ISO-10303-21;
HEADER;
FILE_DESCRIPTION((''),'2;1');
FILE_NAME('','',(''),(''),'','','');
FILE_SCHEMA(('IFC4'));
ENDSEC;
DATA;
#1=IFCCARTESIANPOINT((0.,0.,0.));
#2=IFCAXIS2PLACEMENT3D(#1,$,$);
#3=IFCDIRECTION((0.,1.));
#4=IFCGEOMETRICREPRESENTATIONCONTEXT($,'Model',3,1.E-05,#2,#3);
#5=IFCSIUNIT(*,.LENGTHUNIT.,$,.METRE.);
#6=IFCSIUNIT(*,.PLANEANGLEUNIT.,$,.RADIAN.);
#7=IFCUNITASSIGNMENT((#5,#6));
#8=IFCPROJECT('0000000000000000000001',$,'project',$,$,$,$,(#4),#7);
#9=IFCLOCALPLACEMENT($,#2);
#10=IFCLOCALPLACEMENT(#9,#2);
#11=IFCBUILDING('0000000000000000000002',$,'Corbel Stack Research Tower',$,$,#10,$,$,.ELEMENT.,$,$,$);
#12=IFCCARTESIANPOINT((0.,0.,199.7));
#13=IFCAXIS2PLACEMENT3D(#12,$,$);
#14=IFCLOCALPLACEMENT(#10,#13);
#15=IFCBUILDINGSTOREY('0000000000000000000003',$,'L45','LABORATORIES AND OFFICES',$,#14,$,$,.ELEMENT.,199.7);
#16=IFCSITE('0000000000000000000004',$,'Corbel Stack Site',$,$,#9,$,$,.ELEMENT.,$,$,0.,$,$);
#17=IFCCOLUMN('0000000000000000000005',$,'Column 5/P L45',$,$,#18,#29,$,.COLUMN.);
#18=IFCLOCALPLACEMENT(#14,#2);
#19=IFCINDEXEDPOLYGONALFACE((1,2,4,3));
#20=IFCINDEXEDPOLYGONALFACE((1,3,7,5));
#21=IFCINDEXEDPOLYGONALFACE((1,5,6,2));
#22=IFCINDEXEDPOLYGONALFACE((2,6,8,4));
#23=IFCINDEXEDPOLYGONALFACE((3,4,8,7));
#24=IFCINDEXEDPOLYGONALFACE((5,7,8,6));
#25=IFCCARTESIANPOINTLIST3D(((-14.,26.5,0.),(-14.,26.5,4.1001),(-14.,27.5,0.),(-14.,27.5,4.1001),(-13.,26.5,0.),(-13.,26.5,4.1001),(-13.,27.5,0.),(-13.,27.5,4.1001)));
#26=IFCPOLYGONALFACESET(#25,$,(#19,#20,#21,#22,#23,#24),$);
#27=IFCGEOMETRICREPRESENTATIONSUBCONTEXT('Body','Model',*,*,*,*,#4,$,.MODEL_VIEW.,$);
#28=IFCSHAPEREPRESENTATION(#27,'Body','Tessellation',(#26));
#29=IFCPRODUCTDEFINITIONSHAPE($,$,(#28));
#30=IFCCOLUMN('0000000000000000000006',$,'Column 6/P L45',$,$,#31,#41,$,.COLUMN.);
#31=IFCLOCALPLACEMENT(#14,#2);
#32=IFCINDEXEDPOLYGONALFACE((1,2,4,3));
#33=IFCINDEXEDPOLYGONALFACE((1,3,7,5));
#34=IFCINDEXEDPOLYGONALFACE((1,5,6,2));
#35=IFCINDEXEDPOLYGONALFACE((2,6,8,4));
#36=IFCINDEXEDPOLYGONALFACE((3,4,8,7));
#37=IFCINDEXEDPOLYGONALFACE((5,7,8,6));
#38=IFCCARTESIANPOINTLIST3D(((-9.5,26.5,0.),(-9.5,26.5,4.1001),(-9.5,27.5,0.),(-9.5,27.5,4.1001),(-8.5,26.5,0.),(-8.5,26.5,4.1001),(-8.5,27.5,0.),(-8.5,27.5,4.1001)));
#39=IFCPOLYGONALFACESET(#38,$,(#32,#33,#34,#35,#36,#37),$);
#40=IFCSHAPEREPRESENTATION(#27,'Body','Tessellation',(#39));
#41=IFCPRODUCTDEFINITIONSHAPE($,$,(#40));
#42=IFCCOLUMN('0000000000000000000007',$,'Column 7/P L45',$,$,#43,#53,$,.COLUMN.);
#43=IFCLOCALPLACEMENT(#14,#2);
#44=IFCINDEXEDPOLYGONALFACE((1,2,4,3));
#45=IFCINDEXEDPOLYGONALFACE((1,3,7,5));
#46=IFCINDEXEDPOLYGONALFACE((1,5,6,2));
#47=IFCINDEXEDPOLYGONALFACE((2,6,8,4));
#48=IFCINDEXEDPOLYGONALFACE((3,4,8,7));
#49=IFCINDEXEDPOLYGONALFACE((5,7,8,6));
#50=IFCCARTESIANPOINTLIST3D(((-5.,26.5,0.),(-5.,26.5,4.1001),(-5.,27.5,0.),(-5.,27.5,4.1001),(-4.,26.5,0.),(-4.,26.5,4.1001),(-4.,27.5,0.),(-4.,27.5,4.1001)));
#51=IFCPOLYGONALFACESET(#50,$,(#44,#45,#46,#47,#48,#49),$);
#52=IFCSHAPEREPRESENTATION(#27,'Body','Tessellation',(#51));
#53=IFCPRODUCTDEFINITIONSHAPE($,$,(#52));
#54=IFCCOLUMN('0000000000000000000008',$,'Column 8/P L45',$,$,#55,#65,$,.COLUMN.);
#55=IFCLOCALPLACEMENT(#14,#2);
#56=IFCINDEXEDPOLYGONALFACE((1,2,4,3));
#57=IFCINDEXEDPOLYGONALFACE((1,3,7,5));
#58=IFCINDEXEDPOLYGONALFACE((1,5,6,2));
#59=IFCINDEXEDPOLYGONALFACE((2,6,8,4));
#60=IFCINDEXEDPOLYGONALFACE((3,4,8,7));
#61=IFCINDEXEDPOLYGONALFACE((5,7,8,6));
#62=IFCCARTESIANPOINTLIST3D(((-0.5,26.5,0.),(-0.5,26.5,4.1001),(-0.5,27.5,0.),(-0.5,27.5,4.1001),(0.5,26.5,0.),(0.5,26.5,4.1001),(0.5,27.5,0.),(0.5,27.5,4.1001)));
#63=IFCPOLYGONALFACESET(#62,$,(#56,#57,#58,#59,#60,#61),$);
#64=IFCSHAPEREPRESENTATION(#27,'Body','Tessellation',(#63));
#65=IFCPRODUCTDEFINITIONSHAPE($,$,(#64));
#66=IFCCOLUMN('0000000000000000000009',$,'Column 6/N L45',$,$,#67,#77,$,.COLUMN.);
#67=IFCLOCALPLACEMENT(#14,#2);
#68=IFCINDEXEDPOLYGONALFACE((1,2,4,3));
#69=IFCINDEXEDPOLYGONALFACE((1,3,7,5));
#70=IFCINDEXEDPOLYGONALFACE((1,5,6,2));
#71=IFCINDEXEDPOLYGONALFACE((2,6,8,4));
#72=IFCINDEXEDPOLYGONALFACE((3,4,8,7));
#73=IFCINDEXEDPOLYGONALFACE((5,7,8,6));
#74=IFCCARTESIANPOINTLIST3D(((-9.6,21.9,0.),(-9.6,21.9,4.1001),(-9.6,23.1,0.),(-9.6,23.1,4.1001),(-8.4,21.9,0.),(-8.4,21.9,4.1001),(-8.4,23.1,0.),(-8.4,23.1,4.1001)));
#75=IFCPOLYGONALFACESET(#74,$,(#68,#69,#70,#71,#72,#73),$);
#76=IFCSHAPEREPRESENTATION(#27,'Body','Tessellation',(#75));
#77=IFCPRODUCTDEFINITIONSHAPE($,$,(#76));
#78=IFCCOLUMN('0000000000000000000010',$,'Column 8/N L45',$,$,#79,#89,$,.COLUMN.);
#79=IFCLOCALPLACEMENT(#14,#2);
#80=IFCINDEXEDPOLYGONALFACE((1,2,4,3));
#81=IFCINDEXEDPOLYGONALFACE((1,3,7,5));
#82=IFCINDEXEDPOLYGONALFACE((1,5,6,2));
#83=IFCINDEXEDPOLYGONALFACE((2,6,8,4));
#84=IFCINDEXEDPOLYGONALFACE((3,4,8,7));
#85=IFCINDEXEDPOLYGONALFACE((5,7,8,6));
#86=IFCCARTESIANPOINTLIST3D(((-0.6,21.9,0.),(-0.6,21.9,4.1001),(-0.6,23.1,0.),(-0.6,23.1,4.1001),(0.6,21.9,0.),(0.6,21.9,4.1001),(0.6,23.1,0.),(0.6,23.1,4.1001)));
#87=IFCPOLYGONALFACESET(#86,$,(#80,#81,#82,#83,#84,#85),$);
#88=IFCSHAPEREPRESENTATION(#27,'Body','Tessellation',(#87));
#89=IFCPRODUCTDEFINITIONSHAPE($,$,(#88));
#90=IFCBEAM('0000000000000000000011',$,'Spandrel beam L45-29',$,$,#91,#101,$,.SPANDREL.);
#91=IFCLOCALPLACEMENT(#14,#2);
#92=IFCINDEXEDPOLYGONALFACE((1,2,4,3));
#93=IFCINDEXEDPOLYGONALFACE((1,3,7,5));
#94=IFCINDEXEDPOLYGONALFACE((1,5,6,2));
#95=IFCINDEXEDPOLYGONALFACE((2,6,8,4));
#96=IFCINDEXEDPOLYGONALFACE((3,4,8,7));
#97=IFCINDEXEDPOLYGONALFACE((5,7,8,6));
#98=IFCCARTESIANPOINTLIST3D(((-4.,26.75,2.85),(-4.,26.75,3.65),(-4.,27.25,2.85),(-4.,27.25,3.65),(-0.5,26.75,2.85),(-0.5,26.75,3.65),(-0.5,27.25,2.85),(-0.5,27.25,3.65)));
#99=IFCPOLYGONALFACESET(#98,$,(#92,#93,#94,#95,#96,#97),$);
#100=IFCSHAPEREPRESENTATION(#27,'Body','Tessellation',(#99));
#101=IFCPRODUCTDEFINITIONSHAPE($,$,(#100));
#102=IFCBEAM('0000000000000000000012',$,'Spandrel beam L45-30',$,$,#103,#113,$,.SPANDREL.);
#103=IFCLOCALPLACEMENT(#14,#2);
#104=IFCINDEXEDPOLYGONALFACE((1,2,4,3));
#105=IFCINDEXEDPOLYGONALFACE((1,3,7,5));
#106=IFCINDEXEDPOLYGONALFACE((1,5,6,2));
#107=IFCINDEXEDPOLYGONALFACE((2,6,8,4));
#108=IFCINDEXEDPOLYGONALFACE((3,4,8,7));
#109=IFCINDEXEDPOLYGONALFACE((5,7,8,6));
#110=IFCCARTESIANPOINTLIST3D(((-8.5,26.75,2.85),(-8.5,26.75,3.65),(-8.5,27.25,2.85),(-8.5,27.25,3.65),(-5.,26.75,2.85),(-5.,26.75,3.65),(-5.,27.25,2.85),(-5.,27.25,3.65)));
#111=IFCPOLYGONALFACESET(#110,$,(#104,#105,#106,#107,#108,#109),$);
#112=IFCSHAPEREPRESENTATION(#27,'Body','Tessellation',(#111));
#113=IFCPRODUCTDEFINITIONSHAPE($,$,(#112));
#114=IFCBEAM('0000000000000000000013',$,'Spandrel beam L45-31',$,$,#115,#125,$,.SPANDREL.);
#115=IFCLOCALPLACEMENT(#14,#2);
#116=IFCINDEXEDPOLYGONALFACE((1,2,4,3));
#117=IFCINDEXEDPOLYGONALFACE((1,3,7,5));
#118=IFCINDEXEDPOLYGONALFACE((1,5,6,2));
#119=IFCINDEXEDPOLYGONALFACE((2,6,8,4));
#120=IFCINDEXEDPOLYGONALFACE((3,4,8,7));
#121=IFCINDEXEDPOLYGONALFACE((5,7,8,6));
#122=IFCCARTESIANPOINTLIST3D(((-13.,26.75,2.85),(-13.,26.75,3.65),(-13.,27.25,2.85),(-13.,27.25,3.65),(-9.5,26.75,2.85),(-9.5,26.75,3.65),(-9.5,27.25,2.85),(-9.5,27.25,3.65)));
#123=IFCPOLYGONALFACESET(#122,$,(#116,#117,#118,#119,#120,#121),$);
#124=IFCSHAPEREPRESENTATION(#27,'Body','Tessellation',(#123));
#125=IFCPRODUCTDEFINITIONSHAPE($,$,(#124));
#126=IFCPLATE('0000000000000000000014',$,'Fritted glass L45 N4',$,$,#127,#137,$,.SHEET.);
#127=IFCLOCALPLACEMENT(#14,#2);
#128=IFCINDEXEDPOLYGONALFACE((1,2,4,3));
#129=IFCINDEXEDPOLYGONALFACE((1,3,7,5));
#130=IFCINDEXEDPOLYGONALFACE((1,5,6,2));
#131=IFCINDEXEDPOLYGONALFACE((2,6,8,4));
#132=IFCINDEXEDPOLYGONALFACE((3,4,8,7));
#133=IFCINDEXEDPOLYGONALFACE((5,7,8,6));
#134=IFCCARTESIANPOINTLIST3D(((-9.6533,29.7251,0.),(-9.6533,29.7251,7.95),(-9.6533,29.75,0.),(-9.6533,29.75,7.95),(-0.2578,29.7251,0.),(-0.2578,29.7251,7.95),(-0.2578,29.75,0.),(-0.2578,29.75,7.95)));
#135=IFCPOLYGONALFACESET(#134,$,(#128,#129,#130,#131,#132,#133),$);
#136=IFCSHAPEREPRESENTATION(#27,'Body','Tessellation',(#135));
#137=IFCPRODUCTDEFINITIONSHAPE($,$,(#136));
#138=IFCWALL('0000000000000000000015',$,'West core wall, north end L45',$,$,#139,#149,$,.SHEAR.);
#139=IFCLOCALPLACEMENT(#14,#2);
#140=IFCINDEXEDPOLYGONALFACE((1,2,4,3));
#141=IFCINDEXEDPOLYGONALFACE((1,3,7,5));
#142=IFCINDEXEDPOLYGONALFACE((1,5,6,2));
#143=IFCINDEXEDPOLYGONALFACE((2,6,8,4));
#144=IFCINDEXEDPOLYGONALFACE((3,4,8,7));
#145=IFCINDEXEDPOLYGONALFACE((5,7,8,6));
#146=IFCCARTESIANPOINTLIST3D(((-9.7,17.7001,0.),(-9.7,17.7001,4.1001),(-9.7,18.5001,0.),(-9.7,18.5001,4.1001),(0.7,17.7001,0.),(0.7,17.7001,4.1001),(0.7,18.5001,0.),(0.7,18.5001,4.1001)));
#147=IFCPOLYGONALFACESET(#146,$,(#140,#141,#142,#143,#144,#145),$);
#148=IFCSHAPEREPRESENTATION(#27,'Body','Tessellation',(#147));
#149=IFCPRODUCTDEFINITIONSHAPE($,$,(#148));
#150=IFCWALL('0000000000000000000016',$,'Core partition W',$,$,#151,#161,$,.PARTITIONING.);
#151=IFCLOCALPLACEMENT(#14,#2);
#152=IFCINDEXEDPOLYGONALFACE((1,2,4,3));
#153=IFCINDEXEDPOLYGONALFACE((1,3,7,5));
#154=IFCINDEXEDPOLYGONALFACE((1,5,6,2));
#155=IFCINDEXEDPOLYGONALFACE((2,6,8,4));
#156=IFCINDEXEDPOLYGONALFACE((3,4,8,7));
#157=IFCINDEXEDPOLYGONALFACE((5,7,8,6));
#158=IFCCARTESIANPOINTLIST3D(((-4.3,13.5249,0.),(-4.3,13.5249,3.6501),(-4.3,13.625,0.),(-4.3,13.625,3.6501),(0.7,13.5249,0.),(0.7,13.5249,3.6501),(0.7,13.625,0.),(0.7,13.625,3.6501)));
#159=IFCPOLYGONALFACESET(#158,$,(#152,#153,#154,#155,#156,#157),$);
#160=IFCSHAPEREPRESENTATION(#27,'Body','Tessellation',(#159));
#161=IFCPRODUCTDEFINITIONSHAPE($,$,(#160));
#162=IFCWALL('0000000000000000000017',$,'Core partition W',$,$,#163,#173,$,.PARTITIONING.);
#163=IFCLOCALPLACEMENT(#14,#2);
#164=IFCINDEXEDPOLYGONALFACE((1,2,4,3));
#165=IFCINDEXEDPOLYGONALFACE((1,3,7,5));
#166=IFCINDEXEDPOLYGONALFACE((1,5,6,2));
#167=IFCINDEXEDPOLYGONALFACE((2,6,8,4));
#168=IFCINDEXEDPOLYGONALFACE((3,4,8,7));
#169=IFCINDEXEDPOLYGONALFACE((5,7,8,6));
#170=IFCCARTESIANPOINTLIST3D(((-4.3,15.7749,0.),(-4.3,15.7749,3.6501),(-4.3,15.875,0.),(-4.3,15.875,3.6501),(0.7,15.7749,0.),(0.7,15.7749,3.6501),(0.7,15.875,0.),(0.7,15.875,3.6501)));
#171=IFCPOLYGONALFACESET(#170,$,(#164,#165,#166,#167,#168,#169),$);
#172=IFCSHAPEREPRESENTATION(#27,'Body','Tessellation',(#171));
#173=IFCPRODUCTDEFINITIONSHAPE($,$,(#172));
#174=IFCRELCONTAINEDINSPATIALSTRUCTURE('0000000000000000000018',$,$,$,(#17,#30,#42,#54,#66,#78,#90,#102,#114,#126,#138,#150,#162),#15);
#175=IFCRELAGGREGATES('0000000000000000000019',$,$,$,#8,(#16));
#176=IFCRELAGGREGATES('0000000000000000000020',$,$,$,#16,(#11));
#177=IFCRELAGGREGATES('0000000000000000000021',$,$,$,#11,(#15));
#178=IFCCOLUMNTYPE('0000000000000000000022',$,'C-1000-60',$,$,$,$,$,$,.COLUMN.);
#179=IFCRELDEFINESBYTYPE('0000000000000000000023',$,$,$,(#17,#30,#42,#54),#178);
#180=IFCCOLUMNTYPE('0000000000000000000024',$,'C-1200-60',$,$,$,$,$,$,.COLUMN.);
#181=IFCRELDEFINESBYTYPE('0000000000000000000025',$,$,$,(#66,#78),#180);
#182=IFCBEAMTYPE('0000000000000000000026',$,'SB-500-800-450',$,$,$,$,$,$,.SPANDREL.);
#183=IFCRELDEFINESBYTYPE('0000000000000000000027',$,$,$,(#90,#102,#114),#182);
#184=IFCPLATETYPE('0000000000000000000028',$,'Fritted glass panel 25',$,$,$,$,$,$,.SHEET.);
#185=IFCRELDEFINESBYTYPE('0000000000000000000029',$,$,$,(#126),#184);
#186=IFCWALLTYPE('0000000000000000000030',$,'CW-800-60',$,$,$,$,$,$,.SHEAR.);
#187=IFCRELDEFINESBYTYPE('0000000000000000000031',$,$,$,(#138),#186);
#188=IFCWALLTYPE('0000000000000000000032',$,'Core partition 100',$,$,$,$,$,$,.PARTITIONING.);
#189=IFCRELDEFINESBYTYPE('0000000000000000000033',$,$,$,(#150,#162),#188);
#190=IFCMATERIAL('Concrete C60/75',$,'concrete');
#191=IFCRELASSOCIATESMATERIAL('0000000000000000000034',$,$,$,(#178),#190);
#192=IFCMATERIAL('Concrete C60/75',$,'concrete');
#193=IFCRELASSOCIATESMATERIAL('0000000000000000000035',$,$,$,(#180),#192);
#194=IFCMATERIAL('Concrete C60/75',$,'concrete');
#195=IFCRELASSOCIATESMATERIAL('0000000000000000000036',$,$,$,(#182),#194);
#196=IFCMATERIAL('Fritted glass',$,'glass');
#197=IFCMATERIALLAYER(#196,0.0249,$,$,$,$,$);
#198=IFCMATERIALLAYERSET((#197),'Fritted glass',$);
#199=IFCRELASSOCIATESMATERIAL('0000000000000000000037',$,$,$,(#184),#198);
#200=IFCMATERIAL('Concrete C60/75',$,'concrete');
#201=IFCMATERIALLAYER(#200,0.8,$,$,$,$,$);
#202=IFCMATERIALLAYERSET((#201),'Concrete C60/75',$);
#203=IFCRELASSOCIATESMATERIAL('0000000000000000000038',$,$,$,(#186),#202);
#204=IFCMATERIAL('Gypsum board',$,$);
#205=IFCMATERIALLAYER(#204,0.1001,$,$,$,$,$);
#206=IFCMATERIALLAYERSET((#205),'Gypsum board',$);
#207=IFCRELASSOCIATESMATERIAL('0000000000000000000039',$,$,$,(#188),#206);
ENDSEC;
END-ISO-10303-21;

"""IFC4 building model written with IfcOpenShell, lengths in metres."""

from ifc_helpers import new_model, si_unit, direction, frame, frame_2d, origin, origin_2d, place, context, subcontext, project, spatial, rectangle, extrude, material, layer, layer_set, material_profile, profile_set, type_object, element, save


model = new_model("IFC4")

# Units and contexts
model_context = context("Model", 3, precision=1e-05, world=origin(), true_north=direction((0.0, 1.0)))
body_context = subcontext(model_context, "Body", "Model", "MODEL_VIEW")
ifc_project = project(units=[si_unit("LENGTHUNIT", "METRE"), si_unit("PLANEANGLEUNIT", "RADIAN")], contexts=[model_context])

# Site, building, storey
site_placement = place(None, origin())
site = spatial("IfcSite", under=ifc_project, at=site_placement, Name="Corbel Stack Site", CompositionType="ELEMENT", RefElevation=0.0)
building_placement = place(site_placement, origin())
building = spatial("IfcBuilding", under=site, at=building_placement, Name="Corbel Stack Research Tower", CompositionType="ELEMENT")
storey_placement = place(building_placement, frame((0.0, 0.0, 199.7)))
storey = spatial("IfcBuildingStorey", under=building, at=storey_placement, Name="L45", Description="LABORATORIES AND OFFICES", CompositionType="ELEMENT", Elevation=199.7)

# Columns
ifc_material_1 = material(Name="Concrete C60/75", Category="concrete")
ifc_material_profile_1 = material_profile(ifc_material_1, rectangle(XDim=1.0, YDim=1.0, at=origin_2d()), Name="RC 1000 x 1000")
ifc_profile_set_1 = profile_set([ifc_material_profile_1], Name="Concrete C60/75")
column_type_1 = type_object("IfcColumnType", Name="C-1000-60", PredefinedType="COLUMN", material=ifc_profile_set_1)
for number, where, z_axis, x_axis, name in (
    (1, (-13.5, 27.0, 0.0), (0.0, 0.0, 1.0), (1.0, 0.0, 0.0), "Column 5/P L45"),
    (2, (-9.0, 27.0, 0.0), (0.0, 0.0, 1.0), (1.0, 0.0, 0.0), "Column 6/P L45"),
    (3, (-4.5, 27.0, 0.0), (0.0, 0.0, 1.0), (1.0, 0.0, 0.0), "Column 7/P L45"),
    (4, (0.0, 27.0, 0.0), (0.0, 0.0, 1.0), (1.0, 0.0, 0.0), "Column 8/P L45"),
):
    element("IfcColumn", number, at=place(storey_placement, frame(where, z_axis=z_axis, x_axis=x_axis)), inside=storey, type_object=column_type_1, Name=name, PredefinedType="COLUMN", context=body_context, shape_type="SweptSolid", body=[
        extrude(rectangle(XDim=1.0, YDim=1.0, at=origin_2d()), origin(), (0.0, 0.0, 1.0), 4.1001),
    ])
ifc_material_2 = material(Name="Concrete C60/75", Category="concrete")
ifc_material_profile_2 = material_profile(ifc_material_2, rectangle(XDim=1.2, YDim=1.2, at=origin_2d()), Name="RC 1200 x 1200")
ifc_profile_set_2 = profile_set([ifc_material_profile_2], Name="Concrete C60/75")
column_type_2 = type_object("IfcColumnType", Name="C-1200-60", PredefinedType="COLUMN", material=ifc_profile_set_2)
for number, where, z_axis, x_axis, name in (
    (5, (-9.0, 22.5, 0.0), (0.0, 0.0, 1.0), (1.0, 0.0, 0.0), "Column 6/N L45"),
    (6, (0.0, 22.5, 0.0), (0.0, 0.0, 1.0), (1.0, 0.0, 0.0), "Column 8/N L45"),
):
    element("IfcColumn", number, at=place(storey_placement, frame(where, z_axis=z_axis, x_axis=x_axis)), inside=storey, type_object=column_type_2, Name=name, PredefinedType="COLUMN", context=body_context, shape_type="SweptSolid", body=[
        extrude(rectangle(XDim=1.2, YDim=1.2, at=origin_2d()), origin(), (0.0, 0.0, 1.0), 4.1001),
    ])

# Beams
ifc_material_3 = material(Name="Concrete C60/75", Category="concrete")
ifc_material_profile_3 = material_profile(ifc_material_3, rectangle(XDim=0.5, YDim=0.8, at=origin_2d()), Name="RC 500 x 800")
ifc_profile_set_3 = profile_set([ifc_material_profile_3], Name="Concrete C60/75")
beam_type = type_object("IfcBeamType", Name="SB-500-800-450", PredefinedType="SPANDREL", material=ifc_profile_set_3)
for number, where, z_axis, x_axis, name in (
    (7, (-0.5, 27.0, 3.25), (-1.0, 0.0, 0.0), (0.0, -1.0, 0.0), "Spandrel beam L45-29"),
    (8, (-5.0, 27.0, 3.25), (-1.0, 0.0, 0.0), (0.0, -1.0, 0.0), "Spandrel beam L45-30"),
    (9, (-9.5, 27.0, 3.25), (-1.0, 0.0, 0.0), (0.0, -1.0, 0.0), "Spandrel beam L45-31"),
):
    element("IfcBeam", number, at=place(storey_placement, frame(where, z_axis=z_axis, x_axis=x_axis)), inside=storey, type_object=beam_type, Name=name, PredefinedType="SPANDREL", context=body_context, shape_type="SweptSolid", body=[
        extrude(rectangle(XDim=0.5, YDim=0.8, at=origin_2d()), origin(), (0.0, 0.0, 1.0), 3.5),
    ])

# Plate
ifc_material_4 = material(Name="Fritted glass", Category="glass")
ifc_layer_1 = layer(ifc_material_4, 0.0249)
ifc_layer_set_1 = layer_set([ifc_layer_1], Name="Fritted glass")
plate_type = type_object("IfcPlateType", Name="Fritted glass panel 25", PredefinedType="SHEET", material=ifc_layer_set_1)
plate_placement = place(storey_placement, frame((-4.9556, 29.7375, 0.0), z_axis=(0.0, 0.0, 1.0), x_axis=(-1.0, 0.0, 0.0)))
element("IfcPlate", 10, at=plate_placement, inside=storey, type_object=plate_type, Name="Fritted glass L45 N4", PredefinedType="SHEET", context=body_context, shape_type="SweptSolid", body=[
    extrude(rectangle(XDim=9.3955, YDim=0.0249, at=origin_2d()), origin(), (0.0, 0.0, 1.0), 7.95),
])

# Walls
ifc_material_5 = material(Name="Concrete C60/75", Category="concrete")
ifc_layer_2 = layer(ifc_material_5, 0.8)
ifc_layer_set_2 = layer_set([ifc_layer_2], Name="Concrete C60/75")
wall_type_1 = type_object("IfcWallType", Name="CW-800-60", PredefinedType="SHEAR", material=ifc_layer_set_2)
wall_1_placement = place(storey_placement, frame((-9.7, 18.1001, 0.0), z_axis=(0.0, 0.0, 1.0), x_axis=(1.0, 0.0, 0.0)))
element("IfcWall", 11, at=wall_1_placement, inside=storey, type_object=wall_type_1, Name="West core wall, north end L45", PredefinedType="SHEAR", context=body_context, shape_type="SweptSolid", body=[
    extrude(rectangle(XDim=10.3999, YDim=0.8, at=frame_2d((5.2, 0.0))), origin(), (0.0, 0.0, 1.0), 4.1001),
])
ifc_material_6 = material(Name="Gypsum board")
ifc_layer_3 = layer(ifc_material_6, 0.1001)
ifc_layer_set_3 = layer_set([ifc_layer_3], Name="Gypsum board")
wall_type_2 = type_object("IfcWallType", Name="Core partition 100", PredefinedType="PARTITIONING", material=ifc_layer_set_3)
for number, where, z_axis, x_axis, name in (
    (12, (-4.3, 13.575, 0.0), (0.0, 0.0, 1.0), (1.0, 0.0, 0.0), "Core partition W"),
    (13, (-4.3, 15.825, 0.0), (0.0, 0.0, 1.0), (1.0, 0.0, 0.0), "Core partition W"),
):
    element("IfcWall", number, at=place(storey_placement, frame(where, z_axis=z_axis, x_axis=x_axis)), inside=storey, type_object=wall_type_2, Name=name, PredefinedType="PARTITIONING", context=body_context, shape_type="SweptSolid", body=[
        extrude(rectangle(XDim=5.0, YDim=0.1001, at=frame_2d((2.5, 0.0))), origin(), (0.0, 0.0, 1.0), 3.6501),
    ])

save(model, "model.ifc")
